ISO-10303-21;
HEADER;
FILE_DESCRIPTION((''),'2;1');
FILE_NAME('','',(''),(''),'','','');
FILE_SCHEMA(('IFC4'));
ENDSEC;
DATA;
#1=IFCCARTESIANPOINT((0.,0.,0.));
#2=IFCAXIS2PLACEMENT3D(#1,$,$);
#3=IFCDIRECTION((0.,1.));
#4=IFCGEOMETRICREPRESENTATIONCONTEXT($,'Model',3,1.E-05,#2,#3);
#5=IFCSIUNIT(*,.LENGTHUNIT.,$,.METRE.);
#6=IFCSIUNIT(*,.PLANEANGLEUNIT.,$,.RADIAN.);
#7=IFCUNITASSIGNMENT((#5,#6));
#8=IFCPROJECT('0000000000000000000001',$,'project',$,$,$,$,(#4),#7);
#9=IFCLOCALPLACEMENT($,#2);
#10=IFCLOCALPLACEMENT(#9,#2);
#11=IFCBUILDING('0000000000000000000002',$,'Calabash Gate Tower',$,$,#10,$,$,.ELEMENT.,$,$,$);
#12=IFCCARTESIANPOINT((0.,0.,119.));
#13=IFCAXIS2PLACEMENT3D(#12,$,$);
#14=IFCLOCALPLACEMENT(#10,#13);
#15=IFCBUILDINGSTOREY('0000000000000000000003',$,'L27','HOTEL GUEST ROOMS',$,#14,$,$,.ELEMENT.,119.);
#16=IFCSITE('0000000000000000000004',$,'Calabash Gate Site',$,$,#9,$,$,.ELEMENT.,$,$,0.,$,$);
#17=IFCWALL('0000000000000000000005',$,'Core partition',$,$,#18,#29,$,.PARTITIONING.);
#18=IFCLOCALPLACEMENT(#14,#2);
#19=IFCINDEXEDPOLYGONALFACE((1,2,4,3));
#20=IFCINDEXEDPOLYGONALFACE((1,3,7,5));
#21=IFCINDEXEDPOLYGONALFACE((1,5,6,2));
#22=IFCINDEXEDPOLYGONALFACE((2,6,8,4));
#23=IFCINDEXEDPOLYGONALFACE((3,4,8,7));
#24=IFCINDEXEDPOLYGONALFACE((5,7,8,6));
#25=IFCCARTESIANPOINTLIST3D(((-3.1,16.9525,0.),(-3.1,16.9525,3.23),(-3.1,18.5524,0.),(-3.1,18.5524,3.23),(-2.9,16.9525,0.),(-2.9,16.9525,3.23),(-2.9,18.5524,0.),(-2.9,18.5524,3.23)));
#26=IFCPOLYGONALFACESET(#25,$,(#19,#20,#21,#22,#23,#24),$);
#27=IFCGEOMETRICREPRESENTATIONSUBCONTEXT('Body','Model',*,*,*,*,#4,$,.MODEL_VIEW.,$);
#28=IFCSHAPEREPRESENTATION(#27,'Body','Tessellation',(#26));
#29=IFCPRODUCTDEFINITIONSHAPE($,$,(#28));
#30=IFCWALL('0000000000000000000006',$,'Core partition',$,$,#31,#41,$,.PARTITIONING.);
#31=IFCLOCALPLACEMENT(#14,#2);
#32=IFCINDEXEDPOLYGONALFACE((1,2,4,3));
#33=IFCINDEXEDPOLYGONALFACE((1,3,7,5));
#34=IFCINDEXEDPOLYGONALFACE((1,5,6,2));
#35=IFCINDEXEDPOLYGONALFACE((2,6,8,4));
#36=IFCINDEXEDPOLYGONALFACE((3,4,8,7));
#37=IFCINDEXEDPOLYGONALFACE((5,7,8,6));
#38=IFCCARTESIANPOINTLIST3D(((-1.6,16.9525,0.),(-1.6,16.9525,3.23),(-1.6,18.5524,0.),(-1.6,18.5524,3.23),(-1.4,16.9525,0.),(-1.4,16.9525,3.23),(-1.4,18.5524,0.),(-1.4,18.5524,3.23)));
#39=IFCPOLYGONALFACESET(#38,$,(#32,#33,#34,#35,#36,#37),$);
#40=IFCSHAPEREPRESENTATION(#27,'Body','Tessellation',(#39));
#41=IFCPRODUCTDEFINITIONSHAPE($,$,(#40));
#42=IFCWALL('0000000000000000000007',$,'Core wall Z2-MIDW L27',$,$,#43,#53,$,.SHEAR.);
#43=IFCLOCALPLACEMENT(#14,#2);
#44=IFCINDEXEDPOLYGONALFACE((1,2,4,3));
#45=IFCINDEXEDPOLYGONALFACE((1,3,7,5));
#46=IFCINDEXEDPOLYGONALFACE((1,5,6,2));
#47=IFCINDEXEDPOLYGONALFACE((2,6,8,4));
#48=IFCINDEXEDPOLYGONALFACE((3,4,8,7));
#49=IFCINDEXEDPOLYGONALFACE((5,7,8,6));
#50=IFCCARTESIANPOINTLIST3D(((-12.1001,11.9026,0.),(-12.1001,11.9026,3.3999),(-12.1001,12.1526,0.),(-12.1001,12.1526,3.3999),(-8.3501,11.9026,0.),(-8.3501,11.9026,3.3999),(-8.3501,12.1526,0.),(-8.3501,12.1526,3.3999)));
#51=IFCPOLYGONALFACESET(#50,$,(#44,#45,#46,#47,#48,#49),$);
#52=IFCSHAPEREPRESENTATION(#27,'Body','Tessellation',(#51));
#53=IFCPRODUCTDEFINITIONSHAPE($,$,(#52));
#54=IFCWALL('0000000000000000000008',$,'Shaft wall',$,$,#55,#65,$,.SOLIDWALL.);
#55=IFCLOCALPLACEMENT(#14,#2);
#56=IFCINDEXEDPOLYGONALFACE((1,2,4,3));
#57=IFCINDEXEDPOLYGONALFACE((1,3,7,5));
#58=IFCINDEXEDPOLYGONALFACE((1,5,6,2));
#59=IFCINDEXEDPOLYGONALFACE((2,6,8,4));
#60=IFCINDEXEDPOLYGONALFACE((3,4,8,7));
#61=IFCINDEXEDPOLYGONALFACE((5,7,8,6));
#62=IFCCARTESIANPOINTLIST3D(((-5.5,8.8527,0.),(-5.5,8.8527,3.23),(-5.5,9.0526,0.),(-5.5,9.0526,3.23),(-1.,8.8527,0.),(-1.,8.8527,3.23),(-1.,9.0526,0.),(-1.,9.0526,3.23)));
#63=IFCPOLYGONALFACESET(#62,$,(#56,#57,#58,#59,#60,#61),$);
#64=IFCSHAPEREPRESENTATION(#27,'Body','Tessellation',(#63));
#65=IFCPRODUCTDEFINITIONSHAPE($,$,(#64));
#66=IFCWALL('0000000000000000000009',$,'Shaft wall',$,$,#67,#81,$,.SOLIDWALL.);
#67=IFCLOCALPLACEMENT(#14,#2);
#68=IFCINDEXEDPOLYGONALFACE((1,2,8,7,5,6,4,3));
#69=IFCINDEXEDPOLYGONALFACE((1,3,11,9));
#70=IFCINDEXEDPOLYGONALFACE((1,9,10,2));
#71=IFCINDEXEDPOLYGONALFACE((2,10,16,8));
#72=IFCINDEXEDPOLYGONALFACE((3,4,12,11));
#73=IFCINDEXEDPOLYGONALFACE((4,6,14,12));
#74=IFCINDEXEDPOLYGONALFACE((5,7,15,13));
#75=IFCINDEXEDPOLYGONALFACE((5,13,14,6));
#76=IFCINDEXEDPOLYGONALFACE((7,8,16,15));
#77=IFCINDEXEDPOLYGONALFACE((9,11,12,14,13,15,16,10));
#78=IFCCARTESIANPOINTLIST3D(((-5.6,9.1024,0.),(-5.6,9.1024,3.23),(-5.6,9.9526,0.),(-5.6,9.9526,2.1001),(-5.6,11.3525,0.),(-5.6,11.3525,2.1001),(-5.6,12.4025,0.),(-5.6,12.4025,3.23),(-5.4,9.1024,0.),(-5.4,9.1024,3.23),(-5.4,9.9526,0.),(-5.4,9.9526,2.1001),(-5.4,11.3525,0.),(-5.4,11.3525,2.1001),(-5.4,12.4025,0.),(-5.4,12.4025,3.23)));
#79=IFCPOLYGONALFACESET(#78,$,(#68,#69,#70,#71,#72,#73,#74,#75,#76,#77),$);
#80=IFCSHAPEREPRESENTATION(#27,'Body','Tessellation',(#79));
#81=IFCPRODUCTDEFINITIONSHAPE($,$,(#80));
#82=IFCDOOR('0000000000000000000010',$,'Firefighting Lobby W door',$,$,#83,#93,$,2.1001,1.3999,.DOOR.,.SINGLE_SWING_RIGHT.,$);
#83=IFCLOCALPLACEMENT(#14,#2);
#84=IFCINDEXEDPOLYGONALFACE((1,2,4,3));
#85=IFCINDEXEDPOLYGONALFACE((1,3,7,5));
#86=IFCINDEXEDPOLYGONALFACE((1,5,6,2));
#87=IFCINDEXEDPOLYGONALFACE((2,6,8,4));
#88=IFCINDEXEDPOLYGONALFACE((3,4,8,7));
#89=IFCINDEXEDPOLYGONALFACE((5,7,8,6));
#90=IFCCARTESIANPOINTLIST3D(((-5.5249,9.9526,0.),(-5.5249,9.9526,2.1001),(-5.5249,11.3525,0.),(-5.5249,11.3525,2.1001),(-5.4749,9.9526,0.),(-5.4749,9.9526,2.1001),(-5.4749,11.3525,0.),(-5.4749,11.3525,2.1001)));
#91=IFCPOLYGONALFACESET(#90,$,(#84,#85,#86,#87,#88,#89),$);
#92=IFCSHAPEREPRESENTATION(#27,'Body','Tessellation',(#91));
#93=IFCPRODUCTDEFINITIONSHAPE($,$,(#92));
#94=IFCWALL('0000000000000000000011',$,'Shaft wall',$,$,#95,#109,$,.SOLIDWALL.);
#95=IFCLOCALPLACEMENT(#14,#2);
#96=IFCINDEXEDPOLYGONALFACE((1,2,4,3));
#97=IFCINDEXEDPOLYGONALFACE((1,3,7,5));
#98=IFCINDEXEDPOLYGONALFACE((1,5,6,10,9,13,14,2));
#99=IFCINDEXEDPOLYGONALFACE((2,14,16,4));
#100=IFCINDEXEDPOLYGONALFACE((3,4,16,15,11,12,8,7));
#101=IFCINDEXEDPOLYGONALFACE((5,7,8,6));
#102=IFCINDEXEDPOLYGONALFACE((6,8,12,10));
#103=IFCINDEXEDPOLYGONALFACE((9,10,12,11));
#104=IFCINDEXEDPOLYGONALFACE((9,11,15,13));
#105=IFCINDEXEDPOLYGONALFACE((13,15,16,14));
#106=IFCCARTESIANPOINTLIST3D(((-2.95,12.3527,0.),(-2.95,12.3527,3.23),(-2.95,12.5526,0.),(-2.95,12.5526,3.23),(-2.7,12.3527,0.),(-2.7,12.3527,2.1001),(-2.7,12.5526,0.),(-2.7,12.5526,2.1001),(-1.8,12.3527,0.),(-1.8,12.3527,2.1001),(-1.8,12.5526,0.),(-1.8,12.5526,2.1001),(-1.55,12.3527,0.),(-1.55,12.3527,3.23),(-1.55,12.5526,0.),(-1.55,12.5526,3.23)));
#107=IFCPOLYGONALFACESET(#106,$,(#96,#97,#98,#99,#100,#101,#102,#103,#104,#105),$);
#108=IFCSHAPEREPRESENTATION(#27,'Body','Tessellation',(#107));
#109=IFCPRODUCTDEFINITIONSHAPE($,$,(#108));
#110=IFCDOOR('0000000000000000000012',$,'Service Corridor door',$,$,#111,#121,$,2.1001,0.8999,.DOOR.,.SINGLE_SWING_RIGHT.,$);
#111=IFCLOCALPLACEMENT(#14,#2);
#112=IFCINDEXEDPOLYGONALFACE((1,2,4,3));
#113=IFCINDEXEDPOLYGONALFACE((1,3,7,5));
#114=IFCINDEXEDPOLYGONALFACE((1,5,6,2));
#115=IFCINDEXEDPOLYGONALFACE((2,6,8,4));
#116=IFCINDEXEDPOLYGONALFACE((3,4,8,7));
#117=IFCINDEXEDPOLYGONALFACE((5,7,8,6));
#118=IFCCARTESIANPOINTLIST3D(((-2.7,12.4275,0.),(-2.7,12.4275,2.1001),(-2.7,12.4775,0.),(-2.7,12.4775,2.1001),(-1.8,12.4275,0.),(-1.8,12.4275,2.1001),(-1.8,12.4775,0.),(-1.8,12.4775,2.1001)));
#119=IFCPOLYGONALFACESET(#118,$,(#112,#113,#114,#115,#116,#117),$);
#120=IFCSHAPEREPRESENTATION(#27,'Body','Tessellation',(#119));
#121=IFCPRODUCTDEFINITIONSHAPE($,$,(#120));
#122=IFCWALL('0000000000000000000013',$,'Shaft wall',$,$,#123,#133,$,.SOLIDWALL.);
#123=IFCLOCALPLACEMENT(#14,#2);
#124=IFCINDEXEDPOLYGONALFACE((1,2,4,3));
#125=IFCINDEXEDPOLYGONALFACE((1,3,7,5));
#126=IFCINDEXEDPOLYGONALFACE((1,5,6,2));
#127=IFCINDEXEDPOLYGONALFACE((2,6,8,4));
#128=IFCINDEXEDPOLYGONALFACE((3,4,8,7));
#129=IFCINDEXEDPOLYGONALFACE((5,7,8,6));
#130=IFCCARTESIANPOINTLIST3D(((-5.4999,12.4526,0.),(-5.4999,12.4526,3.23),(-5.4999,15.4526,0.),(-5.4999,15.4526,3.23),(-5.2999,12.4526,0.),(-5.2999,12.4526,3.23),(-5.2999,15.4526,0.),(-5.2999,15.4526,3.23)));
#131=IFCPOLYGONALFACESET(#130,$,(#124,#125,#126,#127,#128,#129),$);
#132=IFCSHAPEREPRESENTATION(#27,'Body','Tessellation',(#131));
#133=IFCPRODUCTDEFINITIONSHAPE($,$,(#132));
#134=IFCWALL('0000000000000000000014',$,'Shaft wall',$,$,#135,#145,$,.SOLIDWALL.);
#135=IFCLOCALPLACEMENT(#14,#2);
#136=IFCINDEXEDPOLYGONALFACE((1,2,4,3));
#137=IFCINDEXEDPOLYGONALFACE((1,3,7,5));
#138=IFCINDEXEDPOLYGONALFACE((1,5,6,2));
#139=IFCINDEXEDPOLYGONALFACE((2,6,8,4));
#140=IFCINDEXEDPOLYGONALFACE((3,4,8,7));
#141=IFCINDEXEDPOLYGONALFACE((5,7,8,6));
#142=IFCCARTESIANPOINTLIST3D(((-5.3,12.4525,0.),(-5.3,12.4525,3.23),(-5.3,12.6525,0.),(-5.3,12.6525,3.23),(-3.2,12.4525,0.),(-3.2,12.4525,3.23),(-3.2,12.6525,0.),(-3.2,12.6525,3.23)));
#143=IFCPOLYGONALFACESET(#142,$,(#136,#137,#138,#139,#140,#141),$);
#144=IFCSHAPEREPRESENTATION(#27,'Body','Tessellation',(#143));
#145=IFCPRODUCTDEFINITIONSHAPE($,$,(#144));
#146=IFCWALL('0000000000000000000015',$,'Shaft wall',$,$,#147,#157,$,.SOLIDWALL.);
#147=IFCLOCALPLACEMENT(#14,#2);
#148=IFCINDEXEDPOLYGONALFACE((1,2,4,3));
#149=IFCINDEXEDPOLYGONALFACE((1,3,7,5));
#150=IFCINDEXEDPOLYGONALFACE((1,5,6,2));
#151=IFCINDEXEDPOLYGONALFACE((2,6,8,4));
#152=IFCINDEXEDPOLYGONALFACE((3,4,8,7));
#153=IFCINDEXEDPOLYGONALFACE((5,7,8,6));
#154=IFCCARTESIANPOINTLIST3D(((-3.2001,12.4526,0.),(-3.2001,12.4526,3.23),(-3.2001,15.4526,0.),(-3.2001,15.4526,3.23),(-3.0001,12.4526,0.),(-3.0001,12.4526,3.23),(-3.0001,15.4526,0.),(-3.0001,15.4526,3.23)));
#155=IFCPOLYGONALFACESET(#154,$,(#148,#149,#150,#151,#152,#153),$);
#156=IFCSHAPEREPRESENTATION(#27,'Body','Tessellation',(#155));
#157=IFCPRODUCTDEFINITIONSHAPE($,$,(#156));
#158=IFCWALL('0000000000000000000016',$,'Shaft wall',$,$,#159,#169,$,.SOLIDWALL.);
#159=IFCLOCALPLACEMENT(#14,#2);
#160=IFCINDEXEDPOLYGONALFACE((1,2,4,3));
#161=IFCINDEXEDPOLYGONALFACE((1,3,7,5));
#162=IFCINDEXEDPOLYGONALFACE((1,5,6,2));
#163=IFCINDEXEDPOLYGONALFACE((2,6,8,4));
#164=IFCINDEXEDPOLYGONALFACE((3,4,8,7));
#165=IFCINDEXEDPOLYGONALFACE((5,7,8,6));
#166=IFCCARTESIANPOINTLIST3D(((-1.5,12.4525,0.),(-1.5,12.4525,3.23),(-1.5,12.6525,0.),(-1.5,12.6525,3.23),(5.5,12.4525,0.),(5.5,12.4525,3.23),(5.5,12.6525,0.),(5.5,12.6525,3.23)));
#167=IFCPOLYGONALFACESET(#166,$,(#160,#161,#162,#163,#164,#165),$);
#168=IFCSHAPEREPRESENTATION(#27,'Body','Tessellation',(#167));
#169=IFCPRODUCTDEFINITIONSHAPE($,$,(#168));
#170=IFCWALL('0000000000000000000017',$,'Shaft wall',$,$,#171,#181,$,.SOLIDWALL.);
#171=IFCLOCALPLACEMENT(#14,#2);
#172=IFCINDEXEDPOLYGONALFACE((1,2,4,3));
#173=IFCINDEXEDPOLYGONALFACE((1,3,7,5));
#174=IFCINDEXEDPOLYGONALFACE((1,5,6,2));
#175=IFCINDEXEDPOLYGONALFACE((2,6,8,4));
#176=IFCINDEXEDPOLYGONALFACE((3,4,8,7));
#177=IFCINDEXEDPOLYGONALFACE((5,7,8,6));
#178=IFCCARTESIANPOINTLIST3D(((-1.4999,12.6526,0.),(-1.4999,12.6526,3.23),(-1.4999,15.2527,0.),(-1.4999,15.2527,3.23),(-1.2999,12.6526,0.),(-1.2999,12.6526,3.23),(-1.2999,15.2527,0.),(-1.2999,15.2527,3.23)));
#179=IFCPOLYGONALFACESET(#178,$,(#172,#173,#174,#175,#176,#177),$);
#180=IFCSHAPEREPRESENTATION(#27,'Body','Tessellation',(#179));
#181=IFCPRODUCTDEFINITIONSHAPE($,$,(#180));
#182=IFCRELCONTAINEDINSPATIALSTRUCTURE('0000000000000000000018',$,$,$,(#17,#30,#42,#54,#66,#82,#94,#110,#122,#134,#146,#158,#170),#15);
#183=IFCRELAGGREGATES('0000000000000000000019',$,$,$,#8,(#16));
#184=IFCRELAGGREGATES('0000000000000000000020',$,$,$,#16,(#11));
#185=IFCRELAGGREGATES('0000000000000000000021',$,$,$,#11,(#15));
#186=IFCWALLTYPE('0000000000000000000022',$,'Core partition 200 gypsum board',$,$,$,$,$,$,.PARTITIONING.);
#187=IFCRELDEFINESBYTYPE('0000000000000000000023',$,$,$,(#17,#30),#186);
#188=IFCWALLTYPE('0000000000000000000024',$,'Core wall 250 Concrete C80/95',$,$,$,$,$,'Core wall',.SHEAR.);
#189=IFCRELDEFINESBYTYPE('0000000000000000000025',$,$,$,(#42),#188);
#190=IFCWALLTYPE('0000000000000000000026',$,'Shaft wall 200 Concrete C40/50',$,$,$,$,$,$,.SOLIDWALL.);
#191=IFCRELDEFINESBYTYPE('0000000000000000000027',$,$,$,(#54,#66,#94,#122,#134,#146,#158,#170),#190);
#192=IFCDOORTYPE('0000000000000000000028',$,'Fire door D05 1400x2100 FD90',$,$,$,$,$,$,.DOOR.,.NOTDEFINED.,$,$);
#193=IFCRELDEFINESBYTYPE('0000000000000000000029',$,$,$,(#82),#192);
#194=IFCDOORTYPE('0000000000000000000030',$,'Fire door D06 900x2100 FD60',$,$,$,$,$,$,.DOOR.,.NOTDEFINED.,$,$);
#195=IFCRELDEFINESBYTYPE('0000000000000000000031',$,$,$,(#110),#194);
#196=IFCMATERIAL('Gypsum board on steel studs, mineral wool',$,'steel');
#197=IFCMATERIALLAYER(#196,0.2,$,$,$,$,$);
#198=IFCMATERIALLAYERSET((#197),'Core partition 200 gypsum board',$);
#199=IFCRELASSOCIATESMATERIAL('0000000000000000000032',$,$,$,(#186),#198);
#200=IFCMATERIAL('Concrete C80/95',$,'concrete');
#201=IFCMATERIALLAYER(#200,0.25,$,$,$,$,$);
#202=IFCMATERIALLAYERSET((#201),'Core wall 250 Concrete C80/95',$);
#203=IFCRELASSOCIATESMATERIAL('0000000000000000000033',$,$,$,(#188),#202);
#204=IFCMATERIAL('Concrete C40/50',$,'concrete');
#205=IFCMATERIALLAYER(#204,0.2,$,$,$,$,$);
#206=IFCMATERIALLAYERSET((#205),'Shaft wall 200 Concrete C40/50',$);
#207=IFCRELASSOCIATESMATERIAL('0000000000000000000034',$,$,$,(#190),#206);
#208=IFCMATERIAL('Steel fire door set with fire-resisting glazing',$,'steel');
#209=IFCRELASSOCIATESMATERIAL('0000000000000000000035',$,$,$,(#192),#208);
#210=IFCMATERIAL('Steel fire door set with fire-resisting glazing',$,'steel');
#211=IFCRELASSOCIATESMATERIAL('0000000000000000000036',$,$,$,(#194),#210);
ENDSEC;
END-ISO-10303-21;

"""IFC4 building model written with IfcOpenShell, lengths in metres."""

from ifc_helpers import new_model, si_unit, direction, frame, frame_2d, origin, place, context, subcontext, project, spatial, rectangle, extrude, material, layer, layer_set, type_object, element, fill, save


model = new_model("IFC4")

# Units and contexts
model_context = context("Model", 3, precision=1e-05, world=origin(), true_north=direction((0.0, 1.0)))
body_context = subcontext(model_context, "Body", "Model", "MODEL_VIEW")
ifc_project = project(units=[si_unit("LENGTHUNIT", "METRE"), si_unit("PLANEANGLEUNIT", "RADIAN")], contexts=[model_context])

# Site, building, storey
site_placement = place(None, origin())
site = spatial("IfcSite", under=ifc_project, at=site_placement, Name="Calabash Gate Site", CompositionType="ELEMENT", RefElevation=0.0)
building_placement = place(site_placement, origin())
building = spatial("IfcBuilding", under=site, at=building_placement, Name="Calabash Gate Tower", CompositionType="ELEMENT")
storey_placement = place(building_placement, frame((0.0, 0.0, 119.0)))
storey = spatial("IfcBuildingStorey", under=building, at=storey_placement, Name="L27", Description="HOTEL GUEST ROOMS", CompositionType="ELEMENT", Elevation=119.0)

# Walls
ifc_material_1 = material(Name="Gypsum board on steel studs, mineral wool", Category="steel")
ifc_layer_1 = layer(ifc_material_1, 0.2)
ifc_layer_set_1 = layer_set([ifc_layer_1], Name="Core partition 200 gypsum board")
wall_type_1 = type_object("IfcWallType", Name="Core partition 200 gypsum board", PredefinedType="PARTITIONING", material=ifc_layer_set_1)
for number, where, z_axis, x_axis, name in (
    (1, (-3.0, 16.9526, 0.0), (0.0, 0.0, 1.0), (0.0, 1.0, 0.0), "Core partition"),
    (2, (-1.5, 16.9526, 0.0), (0.0, 0.0, 1.0), (0.0, 1.0, 0.0), "Core partition"),
):
    element("IfcWall", number, at=place(storey_placement, frame(where, z_axis=z_axis, x_axis=x_axis)), inside=storey, type_object=wall_type_1, Name=name, PredefinedType="PARTITIONING", context=body_context, shape_type="SweptSolid", body=[
        extrude(rectangle(XDim=1.5999, YDim=0.2, at=frame_2d((0.7998, 0.0))), origin(), (0.0, 0.0, 1.0), 3.23),
    ])
ifc_material_2 = material(Name="Concrete C80/95", Category="concrete")
ifc_layer_2 = layer(ifc_material_2, 0.25)
ifc_layer_set_2 = layer_set([ifc_layer_2], Name="Core wall 250 Concrete C80/95")
wall_type_2 = type_object("IfcWallType", Name="Core wall 250 Concrete C80/95", ElementType="Core wall", PredefinedType="SHEAR", material=ifc_layer_set_2)
wall_1_placement = place(storey_placement, frame((-12.1001, 12.0276, 0.0), z_axis=(0.0, 0.0, 1.0), x_axis=(1.0, 0.0, 0.0)))
element("IfcWall", 3, at=wall_1_placement, inside=storey, type_object=wall_type_2, Name="Core wall Z2-MIDW L27", PredefinedType="SHEAR", context=body_context, shape_type="SweptSolid", body=[
    extrude(rectangle(XDim=3.75, YDim=0.25, at=frame_2d((1.875, 0.0))), origin(), (0.0, 0.0, 1.0), 3.3999),
])
ifc_material_3 = material(Name="Concrete C40/50", Category="concrete")
ifc_layer_3 = layer(ifc_material_3, 0.2)
ifc_layer_set_3 = layer_set([ifc_layer_3], Name="Shaft wall 200 Concrete C40/50")
wall_type_3 = type_object("IfcWallType", Name="Shaft wall 200 Concrete C40/50", PredefinedType="SOLIDWALL", material=ifc_layer_set_3)
wall_2_placement = place(storey_placement, frame((-5.5, 8.9526, 0.0), z_axis=(0.0, 0.0, 1.0), x_axis=(1.0, 0.0, 0.0)))
element("IfcWall", 4, at=wall_2_placement, inside=storey, type_object=wall_type_3, Name="Shaft wall", PredefinedType="SOLIDWALL", context=body_context, shape_type="SweptSolid", body=[
    extrude(rectangle(XDim=4.5, YDim=0.2, at=frame_2d((2.25, 0.0))), origin(), (0.0, 0.0, 1.0), 3.23),
])

# Walls, openings, doors
wall_3_placement = place(storey_placement, frame((-5.5, 9.1025, 0.0), z_axis=(0.0, 0.0, 1.0), x_axis=(0.0, 1.0, 0.0)))
wall_3 = element("IfcWall", 5, at=wall_3_placement, inside=storey, type_object=wall_type_3, Name="Shaft wall", PredefinedType="SOLIDWALL", context=body_context, shape_type="SweptSolid", body=[
    extrude(rectangle(XDim=3.3, YDim=0.2, at=frame_2d((1.6499, 0.0))), origin(), (0.0, 0.0, 1.0), 3.23),
])
opening_1_placement = place(wall_3_placement, frame((0.8501, 0.0, 0.0)))
opening_1 = element("IfcOpeningElement", 6, at=opening_1_placement, cuts=wall_3, PredefinedType="OPENING", context=body_context, shape_type="SweptSolid", body=[
    extrude(rectangle(XDim=1.3999, YDim=2.1001, at=frame_2d((0.7, 1.05))), frame((0.0, 0.1099, 0.0), z_axis=(0.0, -1.0, 0.0), x_axis=(1.0, 0.0, 0.0)), (0.0, 0.0, 1.0), 0.22),
])
ifc_material_4 = material(Name="Steel fire door set with fire-resisting glazing", Category="steel")
door_type_1 = type_object("IfcDoorType", Name="Fire door D05 1400x2100 FD90", OperationType="NOTDEFINED", PredefinedType="DOOR", material=ifc_material_4)
door_1_placement = place(opening_1_placement, origin())
door_1 = element("IfcDoor", 7, at=door_1_placement, inside=storey, type_object=door_type_1, Name="Firefighting Lobby W door", OperationType="SINGLE_SWING_RIGHT", OverallHeight=2.1001, OverallWidth=1.3999, PredefinedType="DOOR", context=body_context, shape_type="SweptSolid", body=[
    extrude(rectangle(XDim=1.3999, YDim=2.1001, at=frame_2d((0.7, 1.05))), frame((0.0, 0.0249, 0.0), z_axis=(0.0, -1.0, 0.0), x_axis=(1.0, 0.0, 0.0)), (0.0, 0.0, 1.0), 0.05),
])
fill(opening_1, door_1)
wall_4_placement = place(storey_placement, frame((-2.95, 12.4526, 0.0), z_axis=(0.0, 0.0, 1.0), x_axis=(1.0, 0.0, 0.0)))
wall_4 = element("IfcWall", 8, at=wall_4_placement, inside=storey, type_object=wall_type_3, Name="Shaft wall", PredefinedType="SOLIDWALL", context=body_context, shape_type="SweptSolid", body=[
    extrude(rectangle(XDim=1.3999, YDim=0.2, at=frame_2d((0.7, 0.0))), origin(), (0.0, 0.0, 1.0), 3.23),
])
opening_2_placement = place(wall_4_placement, frame((0.25, 0.0, 0.0)))
opening_2 = element("IfcOpeningElement", 9, at=opening_2_placement, cuts=wall_4, PredefinedType="OPENING", context=body_context, shape_type="SweptSolid", body=[
    extrude(rectangle(XDim=0.8999, YDim=2.1001, at=frame_2d((0.45, 1.05))), frame((0.0, 0.1099, 0.0), z_axis=(0.0, -1.0, 0.0), x_axis=(1.0, 0.0, 0.0)), (0.0, 0.0, 1.0), 0.22),
])
ifc_material_5 = material(Name="Steel fire door set with fire-resisting glazing", Category="steel")
door_type_2 = type_object("IfcDoorType", Name="Fire door D06 900x2100 FD60", OperationType="NOTDEFINED", PredefinedType="DOOR", material=ifc_material_5)
door_2_placement = place(opening_2_placement, origin())
door_2 = element("IfcDoor", 10, at=door_2_placement, inside=storey, type_object=door_type_2, Name="Service Corridor door", OperationType="SINGLE_SWING_RIGHT", OverallHeight=2.1001, OverallWidth=0.8999, PredefinedType="DOOR", context=body_context, shape_type="SweptSolid", body=[
    extrude(rectangle(XDim=0.8999, YDim=2.1001, at=frame_2d((0.45, 1.05))), frame((0.0, 0.0249, 0.0), z_axis=(0.0, -1.0, 0.0), x_axis=(1.0, 0.0, 0.0)), (0.0, 0.0, 1.0), 0.05),
])
fill(opening_2, door_2)

# Walls
wall_5_placement = place(storey_placement, frame((-5.3999, 12.4526, 0.0), z_axis=(0.0, 0.0, 1.0), x_axis=(0.0, 1.0, 0.0)))
element("IfcWall", 11, at=wall_5_placement, inside=storey, type_object=wall_type_3, Name="Shaft wall", PredefinedType="SOLIDWALL", context=body_context, shape_type="SweptSolid", body=[
    extrude(rectangle(XDim=3.0, YDim=0.2, at=frame_2d((1.5, 0.0))), origin(), (0.0, 0.0, 1.0), 3.23),
])
wall_6_placement = place(storey_placement, frame((-5.3, 12.5525, 0.0), z_axis=(0.0, 0.0, 1.0), x_axis=(1.0, 0.0, 0.0)))
element("IfcWall", 12, at=wall_6_placement, inside=storey, type_object=wall_type_3, Name="Shaft wall", PredefinedType="SOLIDWALL", context=body_context, shape_type="SweptSolid", body=[
    extrude(rectangle(XDim=2.1001, YDim=0.2, at=frame_2d((1.05, 0.0))), origin(), (0.0, 0.0, 1.0), 3.23),
])
wall_7_placement = place(storey_placement, frame((-3.1001, 12.4526, 0.0), z_axis=(0.0, 0.0, 1.0), x_axis=(0.0, 1.0, 0.0)))
element("IfcWall", 13, at=wall_7_placement, inside=storey, type_object=wall_type_3, Name="Shaft wall", PredefinedType="SOLIDWALL", context=body_context, shape_type="SweptSolid", body=[
    extrude(rectangle(XDim=3.0, YDim=0.2, at=frame_2d((1.5, 0.0))), origin(), (0.0, 0.0, 1.0), 3.23),
])
wall_8_placement = place(storey_placement, frame((-1.5, 12.5525, 0.0), z_axis=(0.0, 0.0, 1.0), x_axis=(1.0, 0.0, 0.0)))
element("IfcWall", 14, at=wall_8_placement, inside=storey, type_object=wall_type_3, Name="Shaft wall", PredefinedType="SOLIDWALL", context=body_context, shape_type="SweptSolid", body=[
    extrude(rectangle(XDim=7.0, YDim=0.2, at=frame_2d((3.5, 0.0))), origin(), (0.0, 0.0, 1.0), 3.23),
])
wall_9_placement = place(storey_placement, frame((-1.3999, 12.6526, 0.0), z_axis=(0.0, 0.0, 1.0), x_axis=(0.0, 1.0, 0.0)))
element("IfcWall", 15, at=wall_9_placement, inside=storey, type_object=wall_type_3, Name="Shaft wall", PredefinedType="SOLIDWALL", context=body_context, shape_type="SweptSolid", body=[
    extrude(rectangle(XDim=2.6001, YDim=0.2, at=frame_2d((1.3, 0.0))), origin(), (0.0, 0.0, 1.0), 3.23),
])

save(model, "model.ifc")
